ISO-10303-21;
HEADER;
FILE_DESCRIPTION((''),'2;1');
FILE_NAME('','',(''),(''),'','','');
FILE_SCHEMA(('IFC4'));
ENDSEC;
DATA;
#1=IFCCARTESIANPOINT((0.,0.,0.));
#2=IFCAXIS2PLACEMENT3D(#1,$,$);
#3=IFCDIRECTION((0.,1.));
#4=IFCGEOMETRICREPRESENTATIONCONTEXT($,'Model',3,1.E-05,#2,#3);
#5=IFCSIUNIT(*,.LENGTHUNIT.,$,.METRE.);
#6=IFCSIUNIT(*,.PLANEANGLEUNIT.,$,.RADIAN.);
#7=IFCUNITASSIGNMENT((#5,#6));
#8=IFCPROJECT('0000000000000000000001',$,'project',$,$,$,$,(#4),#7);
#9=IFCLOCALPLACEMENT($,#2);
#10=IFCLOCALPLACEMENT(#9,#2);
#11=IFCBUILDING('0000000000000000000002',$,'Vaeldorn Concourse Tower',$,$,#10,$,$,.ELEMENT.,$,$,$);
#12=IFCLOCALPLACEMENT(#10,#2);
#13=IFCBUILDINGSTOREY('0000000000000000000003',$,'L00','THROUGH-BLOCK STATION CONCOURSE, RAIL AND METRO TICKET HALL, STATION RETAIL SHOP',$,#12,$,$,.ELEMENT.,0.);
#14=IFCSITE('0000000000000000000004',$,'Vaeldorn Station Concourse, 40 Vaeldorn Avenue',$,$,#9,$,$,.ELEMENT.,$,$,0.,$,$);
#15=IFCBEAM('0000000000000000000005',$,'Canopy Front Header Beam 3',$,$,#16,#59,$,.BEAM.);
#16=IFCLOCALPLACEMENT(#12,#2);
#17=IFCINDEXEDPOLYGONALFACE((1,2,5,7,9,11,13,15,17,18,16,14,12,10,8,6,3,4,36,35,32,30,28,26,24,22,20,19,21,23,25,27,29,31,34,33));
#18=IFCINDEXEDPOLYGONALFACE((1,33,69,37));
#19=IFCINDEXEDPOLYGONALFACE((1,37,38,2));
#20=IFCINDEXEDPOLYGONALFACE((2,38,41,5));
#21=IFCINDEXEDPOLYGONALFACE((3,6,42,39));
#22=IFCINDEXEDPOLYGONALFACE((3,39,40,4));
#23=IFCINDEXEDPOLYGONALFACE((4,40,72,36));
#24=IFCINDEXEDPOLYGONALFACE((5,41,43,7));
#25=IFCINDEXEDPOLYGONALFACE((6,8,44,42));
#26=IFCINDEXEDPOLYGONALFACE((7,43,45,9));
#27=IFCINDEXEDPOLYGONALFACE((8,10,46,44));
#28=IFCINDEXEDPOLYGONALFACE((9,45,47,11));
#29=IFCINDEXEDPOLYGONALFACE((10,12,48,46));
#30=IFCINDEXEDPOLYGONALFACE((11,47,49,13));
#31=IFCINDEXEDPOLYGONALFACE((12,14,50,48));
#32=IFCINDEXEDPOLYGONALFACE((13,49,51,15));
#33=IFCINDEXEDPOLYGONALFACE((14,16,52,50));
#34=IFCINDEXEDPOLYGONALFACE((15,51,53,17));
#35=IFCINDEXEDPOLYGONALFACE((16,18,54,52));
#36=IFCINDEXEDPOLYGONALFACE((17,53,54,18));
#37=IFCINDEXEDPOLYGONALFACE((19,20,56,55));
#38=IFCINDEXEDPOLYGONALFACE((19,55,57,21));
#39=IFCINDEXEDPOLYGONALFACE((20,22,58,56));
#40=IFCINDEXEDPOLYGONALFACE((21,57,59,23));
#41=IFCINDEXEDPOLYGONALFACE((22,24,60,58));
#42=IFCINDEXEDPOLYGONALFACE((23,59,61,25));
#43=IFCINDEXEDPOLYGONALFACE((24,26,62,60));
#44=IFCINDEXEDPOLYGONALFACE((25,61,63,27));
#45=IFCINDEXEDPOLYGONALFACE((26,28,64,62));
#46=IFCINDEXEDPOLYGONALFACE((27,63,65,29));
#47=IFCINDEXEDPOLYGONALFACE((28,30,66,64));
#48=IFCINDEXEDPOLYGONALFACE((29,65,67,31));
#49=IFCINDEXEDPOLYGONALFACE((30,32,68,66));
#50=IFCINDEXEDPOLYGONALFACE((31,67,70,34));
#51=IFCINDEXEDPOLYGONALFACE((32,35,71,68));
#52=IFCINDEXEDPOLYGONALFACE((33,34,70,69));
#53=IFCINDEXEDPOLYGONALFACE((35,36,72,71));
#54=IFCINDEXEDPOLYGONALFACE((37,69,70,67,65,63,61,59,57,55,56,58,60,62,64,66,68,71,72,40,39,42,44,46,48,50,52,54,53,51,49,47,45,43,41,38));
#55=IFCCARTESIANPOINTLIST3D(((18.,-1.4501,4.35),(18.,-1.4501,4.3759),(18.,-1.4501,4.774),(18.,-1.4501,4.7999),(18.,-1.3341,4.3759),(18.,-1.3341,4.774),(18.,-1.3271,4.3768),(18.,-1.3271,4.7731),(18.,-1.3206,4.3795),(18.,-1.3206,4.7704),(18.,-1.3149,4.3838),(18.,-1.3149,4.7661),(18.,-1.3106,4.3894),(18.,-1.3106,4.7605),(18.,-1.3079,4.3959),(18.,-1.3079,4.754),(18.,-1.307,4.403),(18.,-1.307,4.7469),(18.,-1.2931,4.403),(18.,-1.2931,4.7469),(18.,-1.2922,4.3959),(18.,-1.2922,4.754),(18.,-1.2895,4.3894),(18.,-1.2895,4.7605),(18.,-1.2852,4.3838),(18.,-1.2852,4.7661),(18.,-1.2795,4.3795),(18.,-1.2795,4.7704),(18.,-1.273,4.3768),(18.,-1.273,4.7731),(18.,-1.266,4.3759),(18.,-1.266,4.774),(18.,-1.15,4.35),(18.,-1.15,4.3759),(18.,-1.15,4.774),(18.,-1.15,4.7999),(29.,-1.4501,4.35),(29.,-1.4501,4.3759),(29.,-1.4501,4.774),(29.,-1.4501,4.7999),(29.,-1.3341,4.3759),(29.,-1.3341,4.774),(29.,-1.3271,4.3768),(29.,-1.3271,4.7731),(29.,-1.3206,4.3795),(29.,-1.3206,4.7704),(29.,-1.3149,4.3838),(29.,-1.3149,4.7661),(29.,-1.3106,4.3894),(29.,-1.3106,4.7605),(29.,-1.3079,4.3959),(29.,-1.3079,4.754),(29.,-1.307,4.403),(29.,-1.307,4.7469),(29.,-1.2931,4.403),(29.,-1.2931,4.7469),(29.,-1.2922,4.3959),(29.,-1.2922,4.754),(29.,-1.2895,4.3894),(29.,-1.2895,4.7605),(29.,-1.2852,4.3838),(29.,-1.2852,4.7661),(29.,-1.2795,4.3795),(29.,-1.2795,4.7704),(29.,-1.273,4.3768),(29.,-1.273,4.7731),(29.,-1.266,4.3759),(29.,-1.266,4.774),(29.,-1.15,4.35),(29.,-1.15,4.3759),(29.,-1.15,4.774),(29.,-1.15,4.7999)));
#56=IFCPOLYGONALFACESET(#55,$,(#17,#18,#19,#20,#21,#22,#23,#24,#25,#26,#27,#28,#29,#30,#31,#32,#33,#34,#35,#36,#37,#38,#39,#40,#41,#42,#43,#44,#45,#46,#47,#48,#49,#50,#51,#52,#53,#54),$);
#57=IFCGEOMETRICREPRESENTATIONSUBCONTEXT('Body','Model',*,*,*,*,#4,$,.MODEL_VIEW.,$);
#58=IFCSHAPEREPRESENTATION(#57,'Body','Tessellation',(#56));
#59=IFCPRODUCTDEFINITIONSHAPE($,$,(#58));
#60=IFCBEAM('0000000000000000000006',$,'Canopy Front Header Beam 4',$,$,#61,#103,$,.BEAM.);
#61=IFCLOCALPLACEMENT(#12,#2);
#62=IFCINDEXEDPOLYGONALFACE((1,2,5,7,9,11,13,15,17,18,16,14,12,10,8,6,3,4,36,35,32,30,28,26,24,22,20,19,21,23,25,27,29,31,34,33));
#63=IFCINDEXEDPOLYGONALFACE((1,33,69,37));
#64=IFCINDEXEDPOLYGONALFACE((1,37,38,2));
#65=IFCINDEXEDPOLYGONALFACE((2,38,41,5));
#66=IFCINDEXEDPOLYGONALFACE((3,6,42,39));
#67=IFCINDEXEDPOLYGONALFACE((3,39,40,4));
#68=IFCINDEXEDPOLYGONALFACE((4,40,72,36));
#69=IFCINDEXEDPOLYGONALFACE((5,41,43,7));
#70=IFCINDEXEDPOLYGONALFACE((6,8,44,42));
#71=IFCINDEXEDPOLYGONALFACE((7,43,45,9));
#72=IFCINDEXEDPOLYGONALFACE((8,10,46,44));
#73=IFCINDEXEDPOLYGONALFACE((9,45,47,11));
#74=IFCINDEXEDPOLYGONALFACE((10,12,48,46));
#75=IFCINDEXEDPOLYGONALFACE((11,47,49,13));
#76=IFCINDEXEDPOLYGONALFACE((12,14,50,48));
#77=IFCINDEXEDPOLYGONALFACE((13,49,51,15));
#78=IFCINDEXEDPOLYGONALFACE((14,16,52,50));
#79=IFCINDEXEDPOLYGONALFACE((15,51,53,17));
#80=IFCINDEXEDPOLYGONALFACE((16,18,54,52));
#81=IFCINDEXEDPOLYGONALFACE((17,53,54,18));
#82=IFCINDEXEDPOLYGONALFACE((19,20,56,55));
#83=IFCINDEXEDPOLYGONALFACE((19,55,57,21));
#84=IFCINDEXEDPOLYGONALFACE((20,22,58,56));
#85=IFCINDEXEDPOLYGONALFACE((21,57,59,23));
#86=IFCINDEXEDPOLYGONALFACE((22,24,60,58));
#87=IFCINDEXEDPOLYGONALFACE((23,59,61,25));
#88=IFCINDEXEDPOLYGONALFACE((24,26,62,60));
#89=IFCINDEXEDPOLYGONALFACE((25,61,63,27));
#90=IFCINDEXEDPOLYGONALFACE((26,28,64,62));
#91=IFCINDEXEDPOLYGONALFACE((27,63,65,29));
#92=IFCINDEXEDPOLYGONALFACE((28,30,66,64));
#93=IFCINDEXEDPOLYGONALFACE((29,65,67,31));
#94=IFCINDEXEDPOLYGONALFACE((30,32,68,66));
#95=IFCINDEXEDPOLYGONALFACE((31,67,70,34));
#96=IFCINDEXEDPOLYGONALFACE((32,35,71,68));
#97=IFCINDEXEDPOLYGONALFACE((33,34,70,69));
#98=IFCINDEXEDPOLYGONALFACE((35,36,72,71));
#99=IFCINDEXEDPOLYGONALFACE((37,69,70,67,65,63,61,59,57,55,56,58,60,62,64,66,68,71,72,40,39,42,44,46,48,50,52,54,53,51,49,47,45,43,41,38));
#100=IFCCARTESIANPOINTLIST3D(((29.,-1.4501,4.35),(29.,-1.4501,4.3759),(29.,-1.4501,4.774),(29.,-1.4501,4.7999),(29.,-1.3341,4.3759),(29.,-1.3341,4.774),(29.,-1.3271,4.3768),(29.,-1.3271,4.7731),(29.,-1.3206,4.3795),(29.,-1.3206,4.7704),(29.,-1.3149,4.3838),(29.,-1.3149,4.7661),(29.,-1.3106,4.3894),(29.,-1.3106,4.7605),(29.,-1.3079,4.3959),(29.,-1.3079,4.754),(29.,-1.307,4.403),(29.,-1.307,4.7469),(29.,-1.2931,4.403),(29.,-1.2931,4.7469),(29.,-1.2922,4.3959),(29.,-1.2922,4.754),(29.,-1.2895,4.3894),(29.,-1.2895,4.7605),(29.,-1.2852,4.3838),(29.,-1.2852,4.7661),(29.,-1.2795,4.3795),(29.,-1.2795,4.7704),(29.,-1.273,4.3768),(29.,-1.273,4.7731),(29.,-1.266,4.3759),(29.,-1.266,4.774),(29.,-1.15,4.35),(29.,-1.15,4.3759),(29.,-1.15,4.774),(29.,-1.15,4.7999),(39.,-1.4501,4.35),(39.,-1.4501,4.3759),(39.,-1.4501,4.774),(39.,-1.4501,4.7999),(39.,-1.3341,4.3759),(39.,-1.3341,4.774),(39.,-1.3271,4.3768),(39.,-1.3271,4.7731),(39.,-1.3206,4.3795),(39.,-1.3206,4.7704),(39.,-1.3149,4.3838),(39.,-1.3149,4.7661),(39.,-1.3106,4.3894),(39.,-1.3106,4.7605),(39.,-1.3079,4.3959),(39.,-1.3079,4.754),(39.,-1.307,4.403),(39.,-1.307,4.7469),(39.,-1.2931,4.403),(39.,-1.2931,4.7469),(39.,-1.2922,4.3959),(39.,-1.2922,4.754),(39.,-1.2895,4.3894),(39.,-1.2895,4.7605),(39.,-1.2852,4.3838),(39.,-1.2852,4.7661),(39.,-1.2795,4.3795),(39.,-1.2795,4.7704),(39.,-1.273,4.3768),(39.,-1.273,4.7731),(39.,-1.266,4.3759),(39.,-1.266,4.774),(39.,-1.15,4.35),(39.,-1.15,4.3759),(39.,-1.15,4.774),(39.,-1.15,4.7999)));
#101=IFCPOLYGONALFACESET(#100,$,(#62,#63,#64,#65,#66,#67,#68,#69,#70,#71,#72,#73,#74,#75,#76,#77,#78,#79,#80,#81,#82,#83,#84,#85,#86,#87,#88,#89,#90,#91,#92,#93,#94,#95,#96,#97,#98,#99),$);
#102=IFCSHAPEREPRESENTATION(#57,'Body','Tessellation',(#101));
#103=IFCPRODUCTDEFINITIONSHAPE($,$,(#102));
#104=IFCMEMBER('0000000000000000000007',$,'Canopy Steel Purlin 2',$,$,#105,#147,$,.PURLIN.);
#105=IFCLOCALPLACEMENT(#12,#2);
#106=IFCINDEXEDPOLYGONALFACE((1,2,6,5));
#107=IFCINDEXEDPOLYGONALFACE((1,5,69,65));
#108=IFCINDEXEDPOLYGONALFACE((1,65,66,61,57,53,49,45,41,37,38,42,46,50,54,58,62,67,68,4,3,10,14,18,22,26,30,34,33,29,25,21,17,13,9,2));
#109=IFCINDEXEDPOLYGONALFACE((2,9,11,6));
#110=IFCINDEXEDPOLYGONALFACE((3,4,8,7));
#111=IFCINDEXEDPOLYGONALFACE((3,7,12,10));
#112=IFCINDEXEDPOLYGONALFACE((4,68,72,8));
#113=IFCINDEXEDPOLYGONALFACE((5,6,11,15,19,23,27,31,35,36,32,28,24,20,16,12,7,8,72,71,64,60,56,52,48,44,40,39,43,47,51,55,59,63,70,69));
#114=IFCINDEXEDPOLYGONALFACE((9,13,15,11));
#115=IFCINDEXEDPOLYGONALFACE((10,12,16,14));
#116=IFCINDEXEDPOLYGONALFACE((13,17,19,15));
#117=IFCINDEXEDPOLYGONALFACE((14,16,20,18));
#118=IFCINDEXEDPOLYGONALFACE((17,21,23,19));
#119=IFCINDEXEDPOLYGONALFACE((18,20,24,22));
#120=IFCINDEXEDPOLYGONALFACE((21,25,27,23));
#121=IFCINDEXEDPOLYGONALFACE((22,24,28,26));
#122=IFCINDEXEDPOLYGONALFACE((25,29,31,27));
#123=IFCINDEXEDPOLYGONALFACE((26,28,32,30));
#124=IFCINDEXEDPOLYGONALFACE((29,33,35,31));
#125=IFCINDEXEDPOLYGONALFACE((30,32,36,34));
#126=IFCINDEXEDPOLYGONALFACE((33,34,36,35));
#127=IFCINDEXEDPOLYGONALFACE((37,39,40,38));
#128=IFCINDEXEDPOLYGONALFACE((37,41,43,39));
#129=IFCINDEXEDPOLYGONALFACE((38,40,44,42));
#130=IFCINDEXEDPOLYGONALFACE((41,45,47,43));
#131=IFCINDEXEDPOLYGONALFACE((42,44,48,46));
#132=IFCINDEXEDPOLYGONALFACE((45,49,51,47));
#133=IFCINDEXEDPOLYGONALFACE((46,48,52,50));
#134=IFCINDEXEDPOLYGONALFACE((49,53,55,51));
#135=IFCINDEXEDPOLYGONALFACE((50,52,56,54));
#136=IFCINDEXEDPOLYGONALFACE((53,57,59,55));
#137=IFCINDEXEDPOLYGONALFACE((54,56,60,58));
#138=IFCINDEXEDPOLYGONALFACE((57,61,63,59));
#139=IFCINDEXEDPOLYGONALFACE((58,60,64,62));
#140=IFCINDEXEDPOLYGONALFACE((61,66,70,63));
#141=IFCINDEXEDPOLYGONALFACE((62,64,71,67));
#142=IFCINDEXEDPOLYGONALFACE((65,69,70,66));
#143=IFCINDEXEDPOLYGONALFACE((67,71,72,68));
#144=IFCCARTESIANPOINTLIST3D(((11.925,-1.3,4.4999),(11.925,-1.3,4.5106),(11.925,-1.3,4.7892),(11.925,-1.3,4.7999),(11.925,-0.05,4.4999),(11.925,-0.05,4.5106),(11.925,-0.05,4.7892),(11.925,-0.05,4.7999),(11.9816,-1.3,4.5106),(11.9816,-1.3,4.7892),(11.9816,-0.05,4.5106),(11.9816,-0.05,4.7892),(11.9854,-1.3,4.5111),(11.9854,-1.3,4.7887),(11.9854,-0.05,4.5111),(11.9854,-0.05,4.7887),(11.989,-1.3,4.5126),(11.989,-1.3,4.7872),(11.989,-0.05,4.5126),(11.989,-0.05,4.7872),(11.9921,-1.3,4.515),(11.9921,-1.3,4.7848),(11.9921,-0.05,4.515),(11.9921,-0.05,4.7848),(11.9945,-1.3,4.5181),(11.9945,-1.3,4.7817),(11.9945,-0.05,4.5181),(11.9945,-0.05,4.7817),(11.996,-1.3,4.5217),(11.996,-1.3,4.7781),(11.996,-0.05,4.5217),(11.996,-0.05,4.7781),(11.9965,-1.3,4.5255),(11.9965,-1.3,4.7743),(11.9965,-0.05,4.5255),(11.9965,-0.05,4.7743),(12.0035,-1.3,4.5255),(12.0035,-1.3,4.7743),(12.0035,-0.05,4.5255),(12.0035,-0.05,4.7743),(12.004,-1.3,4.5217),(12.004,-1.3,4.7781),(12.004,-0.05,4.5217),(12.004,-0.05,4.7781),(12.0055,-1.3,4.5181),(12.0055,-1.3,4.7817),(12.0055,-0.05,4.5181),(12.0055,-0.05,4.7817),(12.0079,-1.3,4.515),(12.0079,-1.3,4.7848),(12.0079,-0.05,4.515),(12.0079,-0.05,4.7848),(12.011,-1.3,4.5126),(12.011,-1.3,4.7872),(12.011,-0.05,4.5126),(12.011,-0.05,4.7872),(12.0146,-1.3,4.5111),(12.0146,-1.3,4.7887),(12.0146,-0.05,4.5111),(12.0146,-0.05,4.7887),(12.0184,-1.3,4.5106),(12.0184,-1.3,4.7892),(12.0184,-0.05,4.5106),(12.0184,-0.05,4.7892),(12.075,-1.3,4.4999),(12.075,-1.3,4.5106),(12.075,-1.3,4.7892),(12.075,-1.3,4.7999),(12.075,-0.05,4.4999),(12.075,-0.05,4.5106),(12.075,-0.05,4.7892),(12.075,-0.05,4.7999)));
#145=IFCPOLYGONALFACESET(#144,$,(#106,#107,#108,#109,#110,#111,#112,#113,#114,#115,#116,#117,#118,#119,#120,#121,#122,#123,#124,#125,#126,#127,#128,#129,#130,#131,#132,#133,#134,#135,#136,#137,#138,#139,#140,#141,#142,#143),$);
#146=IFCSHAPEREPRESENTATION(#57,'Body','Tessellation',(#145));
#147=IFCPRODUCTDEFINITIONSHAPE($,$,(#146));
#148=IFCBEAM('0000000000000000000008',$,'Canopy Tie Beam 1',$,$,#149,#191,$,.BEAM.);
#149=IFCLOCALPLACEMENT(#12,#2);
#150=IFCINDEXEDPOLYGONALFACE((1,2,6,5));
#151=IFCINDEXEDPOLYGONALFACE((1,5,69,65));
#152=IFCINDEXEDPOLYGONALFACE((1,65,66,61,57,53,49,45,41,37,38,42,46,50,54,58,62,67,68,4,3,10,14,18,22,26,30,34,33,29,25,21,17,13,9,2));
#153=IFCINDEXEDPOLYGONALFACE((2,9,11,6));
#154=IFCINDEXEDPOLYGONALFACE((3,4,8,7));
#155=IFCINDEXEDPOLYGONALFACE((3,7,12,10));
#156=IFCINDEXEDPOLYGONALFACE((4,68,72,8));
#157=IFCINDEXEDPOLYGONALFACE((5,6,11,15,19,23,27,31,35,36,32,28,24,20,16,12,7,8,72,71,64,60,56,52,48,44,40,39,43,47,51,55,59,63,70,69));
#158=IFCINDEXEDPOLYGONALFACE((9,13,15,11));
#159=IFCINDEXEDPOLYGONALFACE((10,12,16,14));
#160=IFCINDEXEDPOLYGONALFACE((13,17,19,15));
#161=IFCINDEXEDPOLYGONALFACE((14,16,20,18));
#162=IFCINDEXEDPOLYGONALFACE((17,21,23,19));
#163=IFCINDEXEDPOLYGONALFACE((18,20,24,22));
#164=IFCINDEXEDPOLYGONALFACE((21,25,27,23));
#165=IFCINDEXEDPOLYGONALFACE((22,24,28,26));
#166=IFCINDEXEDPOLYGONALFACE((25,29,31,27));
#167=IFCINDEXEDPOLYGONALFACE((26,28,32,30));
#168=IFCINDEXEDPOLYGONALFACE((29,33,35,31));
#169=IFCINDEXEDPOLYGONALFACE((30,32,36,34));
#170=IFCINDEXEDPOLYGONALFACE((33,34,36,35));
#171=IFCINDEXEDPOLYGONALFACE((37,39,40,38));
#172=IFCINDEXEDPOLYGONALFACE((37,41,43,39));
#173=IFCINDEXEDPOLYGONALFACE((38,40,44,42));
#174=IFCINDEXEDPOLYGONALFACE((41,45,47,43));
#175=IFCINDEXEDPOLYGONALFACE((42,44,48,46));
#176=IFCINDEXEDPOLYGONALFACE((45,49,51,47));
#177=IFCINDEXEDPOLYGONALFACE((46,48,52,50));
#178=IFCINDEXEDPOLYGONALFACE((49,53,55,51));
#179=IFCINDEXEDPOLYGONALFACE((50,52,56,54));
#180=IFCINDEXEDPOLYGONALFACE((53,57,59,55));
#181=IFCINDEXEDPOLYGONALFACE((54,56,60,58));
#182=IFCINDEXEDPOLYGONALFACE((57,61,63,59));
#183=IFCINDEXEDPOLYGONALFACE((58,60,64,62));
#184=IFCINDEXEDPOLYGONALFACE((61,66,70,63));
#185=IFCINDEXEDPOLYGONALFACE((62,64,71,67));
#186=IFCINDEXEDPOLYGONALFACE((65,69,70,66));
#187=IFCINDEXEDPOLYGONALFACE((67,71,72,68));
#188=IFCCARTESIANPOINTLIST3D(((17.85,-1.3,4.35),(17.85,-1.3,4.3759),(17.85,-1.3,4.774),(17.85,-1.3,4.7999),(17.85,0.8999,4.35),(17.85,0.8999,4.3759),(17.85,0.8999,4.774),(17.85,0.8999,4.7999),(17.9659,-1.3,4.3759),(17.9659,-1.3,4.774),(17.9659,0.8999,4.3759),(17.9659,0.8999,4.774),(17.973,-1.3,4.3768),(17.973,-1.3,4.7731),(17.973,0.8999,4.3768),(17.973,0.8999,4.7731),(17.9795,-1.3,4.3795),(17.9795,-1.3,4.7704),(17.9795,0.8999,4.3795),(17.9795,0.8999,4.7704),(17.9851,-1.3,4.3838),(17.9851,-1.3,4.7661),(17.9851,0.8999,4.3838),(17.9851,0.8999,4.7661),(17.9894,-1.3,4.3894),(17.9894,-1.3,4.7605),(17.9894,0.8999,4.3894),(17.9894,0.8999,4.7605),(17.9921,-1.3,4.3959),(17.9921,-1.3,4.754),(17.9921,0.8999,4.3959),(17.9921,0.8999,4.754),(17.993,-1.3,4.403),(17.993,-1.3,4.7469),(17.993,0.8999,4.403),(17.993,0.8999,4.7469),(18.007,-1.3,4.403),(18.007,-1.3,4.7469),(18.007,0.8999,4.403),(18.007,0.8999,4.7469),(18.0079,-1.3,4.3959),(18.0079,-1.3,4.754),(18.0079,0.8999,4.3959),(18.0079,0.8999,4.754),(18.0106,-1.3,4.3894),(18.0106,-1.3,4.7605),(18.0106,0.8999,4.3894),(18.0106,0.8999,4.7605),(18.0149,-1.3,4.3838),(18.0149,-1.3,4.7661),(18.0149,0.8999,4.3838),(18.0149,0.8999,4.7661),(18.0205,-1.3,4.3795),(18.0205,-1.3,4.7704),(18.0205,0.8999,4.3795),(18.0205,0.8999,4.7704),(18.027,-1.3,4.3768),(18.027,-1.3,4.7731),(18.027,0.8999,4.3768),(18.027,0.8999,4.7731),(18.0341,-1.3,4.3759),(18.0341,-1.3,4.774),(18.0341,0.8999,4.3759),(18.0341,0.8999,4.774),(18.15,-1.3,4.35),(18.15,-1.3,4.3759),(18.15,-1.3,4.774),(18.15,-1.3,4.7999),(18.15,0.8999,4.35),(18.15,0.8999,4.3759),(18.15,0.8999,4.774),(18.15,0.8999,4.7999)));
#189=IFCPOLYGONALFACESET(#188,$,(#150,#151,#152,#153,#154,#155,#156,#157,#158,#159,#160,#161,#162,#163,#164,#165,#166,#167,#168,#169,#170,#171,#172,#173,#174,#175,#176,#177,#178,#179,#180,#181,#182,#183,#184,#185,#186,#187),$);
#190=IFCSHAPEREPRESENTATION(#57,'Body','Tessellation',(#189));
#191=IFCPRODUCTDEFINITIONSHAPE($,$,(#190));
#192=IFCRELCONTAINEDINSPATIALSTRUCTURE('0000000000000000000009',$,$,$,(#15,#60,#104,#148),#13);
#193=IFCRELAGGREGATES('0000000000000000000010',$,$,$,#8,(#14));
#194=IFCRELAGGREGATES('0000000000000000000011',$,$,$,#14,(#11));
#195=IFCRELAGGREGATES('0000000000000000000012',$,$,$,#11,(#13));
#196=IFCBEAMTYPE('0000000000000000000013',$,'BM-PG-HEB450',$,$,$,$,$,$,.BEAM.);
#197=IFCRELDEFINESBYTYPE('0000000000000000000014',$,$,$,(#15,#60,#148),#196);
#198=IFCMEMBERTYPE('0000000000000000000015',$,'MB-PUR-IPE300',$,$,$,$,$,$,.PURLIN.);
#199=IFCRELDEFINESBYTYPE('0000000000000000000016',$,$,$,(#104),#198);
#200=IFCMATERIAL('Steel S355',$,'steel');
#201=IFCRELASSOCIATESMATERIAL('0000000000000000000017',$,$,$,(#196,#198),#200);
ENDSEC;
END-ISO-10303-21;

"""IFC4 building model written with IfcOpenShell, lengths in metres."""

from ifc_helpers import new_model, si_unit, direction, frame, origin, origin_2d, place, context, subcontext, project, spatial, i_section, extrude, source, transform, mapped, material, material_profile, profile_set, type_object, element, save


model = new_model("IFC4")

# Units and contexts
model_context = context("Model", 3, precision=1e-05, world=origin(), true_north=direction((0.0, 1.0)))
body_context = subcontext(model_context, "Body", "Model", "MODEL_VIEW")
ifc_project = project(units=[si_unit("LENGTHUNIT", "METRE"), si_unit("PLANEANGLEUNIT", "RADIAN")], contexts=[model_context])

# Site, building, storey
site_placement = place(None, origin())
site = spatial("IfcSite", under=ifc_project, at=site_placement, Name="Vaeldorn Station Concourse, 40 Vaeldorn Avenue", CompositionType="ELEMENT", RefElevation=0.0)
building_placement = place(site_placement, origin())
building = spatial("IfcBuilding", under=site, at=building_placement, Name="Vaeldorn Concourse Tower", CompositionType="ELEMENT")
storey_placement = place(building_placement, origin())
storey = spatial("IfcBuildingStorey", under=building, at=storey_placement, Name="L00", Description="THROUGH-BLOCK STATION CONCOURSE, RAIL AND METRO TICKET HALL, STATION RETAIL SHOP", CompositionType="ELEMENT", Elevation=0.0)

# Shared definitions
ifc_material_1 = material(Name="Steel S355", Category="steel")

# Beams
ifc_material_profile_1 = material_profile(ifc_material_1, i_section(OverallWidth=0.3, OverallDepth=0.45, WebThickness=0.0139, FlangeThickness=0.0259, FilletRadius=0.0271, at=origin_2d()), Name="HEB 450")
ifc_profile_set_1 = profile_set([ifc_material_profile_1], Name="Steel S355")
beam_type_1 = type_object("IfcBeamType", Name="BM-PG-HEB450", PredefinedType="BEAM", material=ifc_profile_set_1)
shared_shape_1 = source(origin(), body_context, "Body", "SweptSolid", [
    extrude(i_section(OverallWidth=0.3, OverallDepth=0.45, WebThickness=0.0139, FlangeThickness=0.0259, FilletRadius=0.0271, at=origin_2d()), origin(), (0.0, 0.0, 1.0), 11.0),
])
beam_1_placement = place(storey_placement, frame((18.0, -1.3, 4.575), z_axis=(1.0, 0.0, 0.0), x_axis=(0.0, 1.0, 0.0)))
element("IfcBeam", 1, at=beam_1_placement, inside=storey, type_object=beam_type_1, Name="Canopy Front Header Beam 3", PredefinedType="BEAM", context=body_context, shape_type="MappedRepresentation", body=[
    mapped(shared_shape_1, transform((0.0, 0.0, 0.0), scale=1.0)),
])
shared_shape_2 = source(origin(), body_context, "Body", "SweptSolid", [
    extrude(i_section(OverallWidth=0.3, OverallDepth=0.45, WebThickness=0.0139, FlangeThickness=0.0259, FilletRadius=0.0271, at=origin_2d()), origin(), (0.0, 0.0, 1.0), 10.0),
])
beam_2_placement = place(storey_placement, frame((29.0, -1.3, 4.575), z_axis=(1.0, 0.0, 0.0), x_axis=(0.0, 1.0, 0.0)))
element("IfcBeam", 2, at=beam_2_placement, inside=storey, type_object=beam_type_1, Name="Canopy Front Header Beam 4", PredefinedType="BEAM", context=body_context, shape_type="MappedRepresentation", body=[
    mapped(shared_shape_2, transform((0.0, 0.0, 0.0), scale=1.0)),
])

# Member
ifc_material_profile_2 = material_profile(ifc_material_1, i_section(OverallWidth=0.1499, OverallDepth=0.3, WebThickness=0.0071, FlangeThickness=0.0107, FilletRadius=0.0149, at=origin_2d()), Name="IPE 300")
ifc_profile_set_2 = profile_set([ifc_material_profile_2], Name="Steel S355")
member_type = type_object("IfcMemberType", Name="MB-PUR-IPE300", PredefinedType="PURLIN", material=ifc_profile_set_2)
shared_shape_3 = source(origin(), body_context, "Body", "SweptSolid", [
    extrude(i_section(OverallWidth=0.1499, OverallDepth=0.3, WebThickness=0.0071, FlangeThickness=0.0107, FilletRadius=0.0149, at=origin_2d()), origin(), (0.0, 0.0, 1.0), 1.25),
])
member_placement = place(storey_placement, frame((12.0, -1.3, 4.6499), z_axis=(0.0, 1.0, 0.0), x_axis=(-1.0, 0.0, 0.0)))
element("IfcMember", 3, at=member_placement, inside=storey, type_object=member_type, Name="Canopy Steel Purlin 2", PredefinedType="PURLIN", context=body_context, shape_type="MappedRepresentation", body=[
    mapped(shared_shape_3, transform((0.0, 0.0, 0.0), scale=1.0)),
])

# Beam
shared_shape_4 = source(origin(), body_context, "Body", "SweptSolid", [
    extrude(i_section(OverallWidth=0.3, OverallDepth=0.45, WebThickness=0.0139, FlangeThickness=0.0259, FilletRadius=0.0271, at=origin_2d()), origin(), (0.0, 0.0, 1.0), 2.2),
])
beam_3_placement = place(storey_placement, frame((18.0, -1.3, 4.575), z_axis=(0.0, 1.0, 0.0), x_axis=(-1.0, 0.0, 0.0)))
element("IfcBeam", 4, at=beam_3_placement, inside=storey, type_object=beam_type_1, Name="Canopy Tie Beam 1", PredefinedType="BEAM", context=body_context, shape_type="MappedRepresentation", body=[
    mapped(shared_shape_4, transform((0.0, 0.0, 0.0), scale=1.0)),
])

save(model, "model.ifc")
